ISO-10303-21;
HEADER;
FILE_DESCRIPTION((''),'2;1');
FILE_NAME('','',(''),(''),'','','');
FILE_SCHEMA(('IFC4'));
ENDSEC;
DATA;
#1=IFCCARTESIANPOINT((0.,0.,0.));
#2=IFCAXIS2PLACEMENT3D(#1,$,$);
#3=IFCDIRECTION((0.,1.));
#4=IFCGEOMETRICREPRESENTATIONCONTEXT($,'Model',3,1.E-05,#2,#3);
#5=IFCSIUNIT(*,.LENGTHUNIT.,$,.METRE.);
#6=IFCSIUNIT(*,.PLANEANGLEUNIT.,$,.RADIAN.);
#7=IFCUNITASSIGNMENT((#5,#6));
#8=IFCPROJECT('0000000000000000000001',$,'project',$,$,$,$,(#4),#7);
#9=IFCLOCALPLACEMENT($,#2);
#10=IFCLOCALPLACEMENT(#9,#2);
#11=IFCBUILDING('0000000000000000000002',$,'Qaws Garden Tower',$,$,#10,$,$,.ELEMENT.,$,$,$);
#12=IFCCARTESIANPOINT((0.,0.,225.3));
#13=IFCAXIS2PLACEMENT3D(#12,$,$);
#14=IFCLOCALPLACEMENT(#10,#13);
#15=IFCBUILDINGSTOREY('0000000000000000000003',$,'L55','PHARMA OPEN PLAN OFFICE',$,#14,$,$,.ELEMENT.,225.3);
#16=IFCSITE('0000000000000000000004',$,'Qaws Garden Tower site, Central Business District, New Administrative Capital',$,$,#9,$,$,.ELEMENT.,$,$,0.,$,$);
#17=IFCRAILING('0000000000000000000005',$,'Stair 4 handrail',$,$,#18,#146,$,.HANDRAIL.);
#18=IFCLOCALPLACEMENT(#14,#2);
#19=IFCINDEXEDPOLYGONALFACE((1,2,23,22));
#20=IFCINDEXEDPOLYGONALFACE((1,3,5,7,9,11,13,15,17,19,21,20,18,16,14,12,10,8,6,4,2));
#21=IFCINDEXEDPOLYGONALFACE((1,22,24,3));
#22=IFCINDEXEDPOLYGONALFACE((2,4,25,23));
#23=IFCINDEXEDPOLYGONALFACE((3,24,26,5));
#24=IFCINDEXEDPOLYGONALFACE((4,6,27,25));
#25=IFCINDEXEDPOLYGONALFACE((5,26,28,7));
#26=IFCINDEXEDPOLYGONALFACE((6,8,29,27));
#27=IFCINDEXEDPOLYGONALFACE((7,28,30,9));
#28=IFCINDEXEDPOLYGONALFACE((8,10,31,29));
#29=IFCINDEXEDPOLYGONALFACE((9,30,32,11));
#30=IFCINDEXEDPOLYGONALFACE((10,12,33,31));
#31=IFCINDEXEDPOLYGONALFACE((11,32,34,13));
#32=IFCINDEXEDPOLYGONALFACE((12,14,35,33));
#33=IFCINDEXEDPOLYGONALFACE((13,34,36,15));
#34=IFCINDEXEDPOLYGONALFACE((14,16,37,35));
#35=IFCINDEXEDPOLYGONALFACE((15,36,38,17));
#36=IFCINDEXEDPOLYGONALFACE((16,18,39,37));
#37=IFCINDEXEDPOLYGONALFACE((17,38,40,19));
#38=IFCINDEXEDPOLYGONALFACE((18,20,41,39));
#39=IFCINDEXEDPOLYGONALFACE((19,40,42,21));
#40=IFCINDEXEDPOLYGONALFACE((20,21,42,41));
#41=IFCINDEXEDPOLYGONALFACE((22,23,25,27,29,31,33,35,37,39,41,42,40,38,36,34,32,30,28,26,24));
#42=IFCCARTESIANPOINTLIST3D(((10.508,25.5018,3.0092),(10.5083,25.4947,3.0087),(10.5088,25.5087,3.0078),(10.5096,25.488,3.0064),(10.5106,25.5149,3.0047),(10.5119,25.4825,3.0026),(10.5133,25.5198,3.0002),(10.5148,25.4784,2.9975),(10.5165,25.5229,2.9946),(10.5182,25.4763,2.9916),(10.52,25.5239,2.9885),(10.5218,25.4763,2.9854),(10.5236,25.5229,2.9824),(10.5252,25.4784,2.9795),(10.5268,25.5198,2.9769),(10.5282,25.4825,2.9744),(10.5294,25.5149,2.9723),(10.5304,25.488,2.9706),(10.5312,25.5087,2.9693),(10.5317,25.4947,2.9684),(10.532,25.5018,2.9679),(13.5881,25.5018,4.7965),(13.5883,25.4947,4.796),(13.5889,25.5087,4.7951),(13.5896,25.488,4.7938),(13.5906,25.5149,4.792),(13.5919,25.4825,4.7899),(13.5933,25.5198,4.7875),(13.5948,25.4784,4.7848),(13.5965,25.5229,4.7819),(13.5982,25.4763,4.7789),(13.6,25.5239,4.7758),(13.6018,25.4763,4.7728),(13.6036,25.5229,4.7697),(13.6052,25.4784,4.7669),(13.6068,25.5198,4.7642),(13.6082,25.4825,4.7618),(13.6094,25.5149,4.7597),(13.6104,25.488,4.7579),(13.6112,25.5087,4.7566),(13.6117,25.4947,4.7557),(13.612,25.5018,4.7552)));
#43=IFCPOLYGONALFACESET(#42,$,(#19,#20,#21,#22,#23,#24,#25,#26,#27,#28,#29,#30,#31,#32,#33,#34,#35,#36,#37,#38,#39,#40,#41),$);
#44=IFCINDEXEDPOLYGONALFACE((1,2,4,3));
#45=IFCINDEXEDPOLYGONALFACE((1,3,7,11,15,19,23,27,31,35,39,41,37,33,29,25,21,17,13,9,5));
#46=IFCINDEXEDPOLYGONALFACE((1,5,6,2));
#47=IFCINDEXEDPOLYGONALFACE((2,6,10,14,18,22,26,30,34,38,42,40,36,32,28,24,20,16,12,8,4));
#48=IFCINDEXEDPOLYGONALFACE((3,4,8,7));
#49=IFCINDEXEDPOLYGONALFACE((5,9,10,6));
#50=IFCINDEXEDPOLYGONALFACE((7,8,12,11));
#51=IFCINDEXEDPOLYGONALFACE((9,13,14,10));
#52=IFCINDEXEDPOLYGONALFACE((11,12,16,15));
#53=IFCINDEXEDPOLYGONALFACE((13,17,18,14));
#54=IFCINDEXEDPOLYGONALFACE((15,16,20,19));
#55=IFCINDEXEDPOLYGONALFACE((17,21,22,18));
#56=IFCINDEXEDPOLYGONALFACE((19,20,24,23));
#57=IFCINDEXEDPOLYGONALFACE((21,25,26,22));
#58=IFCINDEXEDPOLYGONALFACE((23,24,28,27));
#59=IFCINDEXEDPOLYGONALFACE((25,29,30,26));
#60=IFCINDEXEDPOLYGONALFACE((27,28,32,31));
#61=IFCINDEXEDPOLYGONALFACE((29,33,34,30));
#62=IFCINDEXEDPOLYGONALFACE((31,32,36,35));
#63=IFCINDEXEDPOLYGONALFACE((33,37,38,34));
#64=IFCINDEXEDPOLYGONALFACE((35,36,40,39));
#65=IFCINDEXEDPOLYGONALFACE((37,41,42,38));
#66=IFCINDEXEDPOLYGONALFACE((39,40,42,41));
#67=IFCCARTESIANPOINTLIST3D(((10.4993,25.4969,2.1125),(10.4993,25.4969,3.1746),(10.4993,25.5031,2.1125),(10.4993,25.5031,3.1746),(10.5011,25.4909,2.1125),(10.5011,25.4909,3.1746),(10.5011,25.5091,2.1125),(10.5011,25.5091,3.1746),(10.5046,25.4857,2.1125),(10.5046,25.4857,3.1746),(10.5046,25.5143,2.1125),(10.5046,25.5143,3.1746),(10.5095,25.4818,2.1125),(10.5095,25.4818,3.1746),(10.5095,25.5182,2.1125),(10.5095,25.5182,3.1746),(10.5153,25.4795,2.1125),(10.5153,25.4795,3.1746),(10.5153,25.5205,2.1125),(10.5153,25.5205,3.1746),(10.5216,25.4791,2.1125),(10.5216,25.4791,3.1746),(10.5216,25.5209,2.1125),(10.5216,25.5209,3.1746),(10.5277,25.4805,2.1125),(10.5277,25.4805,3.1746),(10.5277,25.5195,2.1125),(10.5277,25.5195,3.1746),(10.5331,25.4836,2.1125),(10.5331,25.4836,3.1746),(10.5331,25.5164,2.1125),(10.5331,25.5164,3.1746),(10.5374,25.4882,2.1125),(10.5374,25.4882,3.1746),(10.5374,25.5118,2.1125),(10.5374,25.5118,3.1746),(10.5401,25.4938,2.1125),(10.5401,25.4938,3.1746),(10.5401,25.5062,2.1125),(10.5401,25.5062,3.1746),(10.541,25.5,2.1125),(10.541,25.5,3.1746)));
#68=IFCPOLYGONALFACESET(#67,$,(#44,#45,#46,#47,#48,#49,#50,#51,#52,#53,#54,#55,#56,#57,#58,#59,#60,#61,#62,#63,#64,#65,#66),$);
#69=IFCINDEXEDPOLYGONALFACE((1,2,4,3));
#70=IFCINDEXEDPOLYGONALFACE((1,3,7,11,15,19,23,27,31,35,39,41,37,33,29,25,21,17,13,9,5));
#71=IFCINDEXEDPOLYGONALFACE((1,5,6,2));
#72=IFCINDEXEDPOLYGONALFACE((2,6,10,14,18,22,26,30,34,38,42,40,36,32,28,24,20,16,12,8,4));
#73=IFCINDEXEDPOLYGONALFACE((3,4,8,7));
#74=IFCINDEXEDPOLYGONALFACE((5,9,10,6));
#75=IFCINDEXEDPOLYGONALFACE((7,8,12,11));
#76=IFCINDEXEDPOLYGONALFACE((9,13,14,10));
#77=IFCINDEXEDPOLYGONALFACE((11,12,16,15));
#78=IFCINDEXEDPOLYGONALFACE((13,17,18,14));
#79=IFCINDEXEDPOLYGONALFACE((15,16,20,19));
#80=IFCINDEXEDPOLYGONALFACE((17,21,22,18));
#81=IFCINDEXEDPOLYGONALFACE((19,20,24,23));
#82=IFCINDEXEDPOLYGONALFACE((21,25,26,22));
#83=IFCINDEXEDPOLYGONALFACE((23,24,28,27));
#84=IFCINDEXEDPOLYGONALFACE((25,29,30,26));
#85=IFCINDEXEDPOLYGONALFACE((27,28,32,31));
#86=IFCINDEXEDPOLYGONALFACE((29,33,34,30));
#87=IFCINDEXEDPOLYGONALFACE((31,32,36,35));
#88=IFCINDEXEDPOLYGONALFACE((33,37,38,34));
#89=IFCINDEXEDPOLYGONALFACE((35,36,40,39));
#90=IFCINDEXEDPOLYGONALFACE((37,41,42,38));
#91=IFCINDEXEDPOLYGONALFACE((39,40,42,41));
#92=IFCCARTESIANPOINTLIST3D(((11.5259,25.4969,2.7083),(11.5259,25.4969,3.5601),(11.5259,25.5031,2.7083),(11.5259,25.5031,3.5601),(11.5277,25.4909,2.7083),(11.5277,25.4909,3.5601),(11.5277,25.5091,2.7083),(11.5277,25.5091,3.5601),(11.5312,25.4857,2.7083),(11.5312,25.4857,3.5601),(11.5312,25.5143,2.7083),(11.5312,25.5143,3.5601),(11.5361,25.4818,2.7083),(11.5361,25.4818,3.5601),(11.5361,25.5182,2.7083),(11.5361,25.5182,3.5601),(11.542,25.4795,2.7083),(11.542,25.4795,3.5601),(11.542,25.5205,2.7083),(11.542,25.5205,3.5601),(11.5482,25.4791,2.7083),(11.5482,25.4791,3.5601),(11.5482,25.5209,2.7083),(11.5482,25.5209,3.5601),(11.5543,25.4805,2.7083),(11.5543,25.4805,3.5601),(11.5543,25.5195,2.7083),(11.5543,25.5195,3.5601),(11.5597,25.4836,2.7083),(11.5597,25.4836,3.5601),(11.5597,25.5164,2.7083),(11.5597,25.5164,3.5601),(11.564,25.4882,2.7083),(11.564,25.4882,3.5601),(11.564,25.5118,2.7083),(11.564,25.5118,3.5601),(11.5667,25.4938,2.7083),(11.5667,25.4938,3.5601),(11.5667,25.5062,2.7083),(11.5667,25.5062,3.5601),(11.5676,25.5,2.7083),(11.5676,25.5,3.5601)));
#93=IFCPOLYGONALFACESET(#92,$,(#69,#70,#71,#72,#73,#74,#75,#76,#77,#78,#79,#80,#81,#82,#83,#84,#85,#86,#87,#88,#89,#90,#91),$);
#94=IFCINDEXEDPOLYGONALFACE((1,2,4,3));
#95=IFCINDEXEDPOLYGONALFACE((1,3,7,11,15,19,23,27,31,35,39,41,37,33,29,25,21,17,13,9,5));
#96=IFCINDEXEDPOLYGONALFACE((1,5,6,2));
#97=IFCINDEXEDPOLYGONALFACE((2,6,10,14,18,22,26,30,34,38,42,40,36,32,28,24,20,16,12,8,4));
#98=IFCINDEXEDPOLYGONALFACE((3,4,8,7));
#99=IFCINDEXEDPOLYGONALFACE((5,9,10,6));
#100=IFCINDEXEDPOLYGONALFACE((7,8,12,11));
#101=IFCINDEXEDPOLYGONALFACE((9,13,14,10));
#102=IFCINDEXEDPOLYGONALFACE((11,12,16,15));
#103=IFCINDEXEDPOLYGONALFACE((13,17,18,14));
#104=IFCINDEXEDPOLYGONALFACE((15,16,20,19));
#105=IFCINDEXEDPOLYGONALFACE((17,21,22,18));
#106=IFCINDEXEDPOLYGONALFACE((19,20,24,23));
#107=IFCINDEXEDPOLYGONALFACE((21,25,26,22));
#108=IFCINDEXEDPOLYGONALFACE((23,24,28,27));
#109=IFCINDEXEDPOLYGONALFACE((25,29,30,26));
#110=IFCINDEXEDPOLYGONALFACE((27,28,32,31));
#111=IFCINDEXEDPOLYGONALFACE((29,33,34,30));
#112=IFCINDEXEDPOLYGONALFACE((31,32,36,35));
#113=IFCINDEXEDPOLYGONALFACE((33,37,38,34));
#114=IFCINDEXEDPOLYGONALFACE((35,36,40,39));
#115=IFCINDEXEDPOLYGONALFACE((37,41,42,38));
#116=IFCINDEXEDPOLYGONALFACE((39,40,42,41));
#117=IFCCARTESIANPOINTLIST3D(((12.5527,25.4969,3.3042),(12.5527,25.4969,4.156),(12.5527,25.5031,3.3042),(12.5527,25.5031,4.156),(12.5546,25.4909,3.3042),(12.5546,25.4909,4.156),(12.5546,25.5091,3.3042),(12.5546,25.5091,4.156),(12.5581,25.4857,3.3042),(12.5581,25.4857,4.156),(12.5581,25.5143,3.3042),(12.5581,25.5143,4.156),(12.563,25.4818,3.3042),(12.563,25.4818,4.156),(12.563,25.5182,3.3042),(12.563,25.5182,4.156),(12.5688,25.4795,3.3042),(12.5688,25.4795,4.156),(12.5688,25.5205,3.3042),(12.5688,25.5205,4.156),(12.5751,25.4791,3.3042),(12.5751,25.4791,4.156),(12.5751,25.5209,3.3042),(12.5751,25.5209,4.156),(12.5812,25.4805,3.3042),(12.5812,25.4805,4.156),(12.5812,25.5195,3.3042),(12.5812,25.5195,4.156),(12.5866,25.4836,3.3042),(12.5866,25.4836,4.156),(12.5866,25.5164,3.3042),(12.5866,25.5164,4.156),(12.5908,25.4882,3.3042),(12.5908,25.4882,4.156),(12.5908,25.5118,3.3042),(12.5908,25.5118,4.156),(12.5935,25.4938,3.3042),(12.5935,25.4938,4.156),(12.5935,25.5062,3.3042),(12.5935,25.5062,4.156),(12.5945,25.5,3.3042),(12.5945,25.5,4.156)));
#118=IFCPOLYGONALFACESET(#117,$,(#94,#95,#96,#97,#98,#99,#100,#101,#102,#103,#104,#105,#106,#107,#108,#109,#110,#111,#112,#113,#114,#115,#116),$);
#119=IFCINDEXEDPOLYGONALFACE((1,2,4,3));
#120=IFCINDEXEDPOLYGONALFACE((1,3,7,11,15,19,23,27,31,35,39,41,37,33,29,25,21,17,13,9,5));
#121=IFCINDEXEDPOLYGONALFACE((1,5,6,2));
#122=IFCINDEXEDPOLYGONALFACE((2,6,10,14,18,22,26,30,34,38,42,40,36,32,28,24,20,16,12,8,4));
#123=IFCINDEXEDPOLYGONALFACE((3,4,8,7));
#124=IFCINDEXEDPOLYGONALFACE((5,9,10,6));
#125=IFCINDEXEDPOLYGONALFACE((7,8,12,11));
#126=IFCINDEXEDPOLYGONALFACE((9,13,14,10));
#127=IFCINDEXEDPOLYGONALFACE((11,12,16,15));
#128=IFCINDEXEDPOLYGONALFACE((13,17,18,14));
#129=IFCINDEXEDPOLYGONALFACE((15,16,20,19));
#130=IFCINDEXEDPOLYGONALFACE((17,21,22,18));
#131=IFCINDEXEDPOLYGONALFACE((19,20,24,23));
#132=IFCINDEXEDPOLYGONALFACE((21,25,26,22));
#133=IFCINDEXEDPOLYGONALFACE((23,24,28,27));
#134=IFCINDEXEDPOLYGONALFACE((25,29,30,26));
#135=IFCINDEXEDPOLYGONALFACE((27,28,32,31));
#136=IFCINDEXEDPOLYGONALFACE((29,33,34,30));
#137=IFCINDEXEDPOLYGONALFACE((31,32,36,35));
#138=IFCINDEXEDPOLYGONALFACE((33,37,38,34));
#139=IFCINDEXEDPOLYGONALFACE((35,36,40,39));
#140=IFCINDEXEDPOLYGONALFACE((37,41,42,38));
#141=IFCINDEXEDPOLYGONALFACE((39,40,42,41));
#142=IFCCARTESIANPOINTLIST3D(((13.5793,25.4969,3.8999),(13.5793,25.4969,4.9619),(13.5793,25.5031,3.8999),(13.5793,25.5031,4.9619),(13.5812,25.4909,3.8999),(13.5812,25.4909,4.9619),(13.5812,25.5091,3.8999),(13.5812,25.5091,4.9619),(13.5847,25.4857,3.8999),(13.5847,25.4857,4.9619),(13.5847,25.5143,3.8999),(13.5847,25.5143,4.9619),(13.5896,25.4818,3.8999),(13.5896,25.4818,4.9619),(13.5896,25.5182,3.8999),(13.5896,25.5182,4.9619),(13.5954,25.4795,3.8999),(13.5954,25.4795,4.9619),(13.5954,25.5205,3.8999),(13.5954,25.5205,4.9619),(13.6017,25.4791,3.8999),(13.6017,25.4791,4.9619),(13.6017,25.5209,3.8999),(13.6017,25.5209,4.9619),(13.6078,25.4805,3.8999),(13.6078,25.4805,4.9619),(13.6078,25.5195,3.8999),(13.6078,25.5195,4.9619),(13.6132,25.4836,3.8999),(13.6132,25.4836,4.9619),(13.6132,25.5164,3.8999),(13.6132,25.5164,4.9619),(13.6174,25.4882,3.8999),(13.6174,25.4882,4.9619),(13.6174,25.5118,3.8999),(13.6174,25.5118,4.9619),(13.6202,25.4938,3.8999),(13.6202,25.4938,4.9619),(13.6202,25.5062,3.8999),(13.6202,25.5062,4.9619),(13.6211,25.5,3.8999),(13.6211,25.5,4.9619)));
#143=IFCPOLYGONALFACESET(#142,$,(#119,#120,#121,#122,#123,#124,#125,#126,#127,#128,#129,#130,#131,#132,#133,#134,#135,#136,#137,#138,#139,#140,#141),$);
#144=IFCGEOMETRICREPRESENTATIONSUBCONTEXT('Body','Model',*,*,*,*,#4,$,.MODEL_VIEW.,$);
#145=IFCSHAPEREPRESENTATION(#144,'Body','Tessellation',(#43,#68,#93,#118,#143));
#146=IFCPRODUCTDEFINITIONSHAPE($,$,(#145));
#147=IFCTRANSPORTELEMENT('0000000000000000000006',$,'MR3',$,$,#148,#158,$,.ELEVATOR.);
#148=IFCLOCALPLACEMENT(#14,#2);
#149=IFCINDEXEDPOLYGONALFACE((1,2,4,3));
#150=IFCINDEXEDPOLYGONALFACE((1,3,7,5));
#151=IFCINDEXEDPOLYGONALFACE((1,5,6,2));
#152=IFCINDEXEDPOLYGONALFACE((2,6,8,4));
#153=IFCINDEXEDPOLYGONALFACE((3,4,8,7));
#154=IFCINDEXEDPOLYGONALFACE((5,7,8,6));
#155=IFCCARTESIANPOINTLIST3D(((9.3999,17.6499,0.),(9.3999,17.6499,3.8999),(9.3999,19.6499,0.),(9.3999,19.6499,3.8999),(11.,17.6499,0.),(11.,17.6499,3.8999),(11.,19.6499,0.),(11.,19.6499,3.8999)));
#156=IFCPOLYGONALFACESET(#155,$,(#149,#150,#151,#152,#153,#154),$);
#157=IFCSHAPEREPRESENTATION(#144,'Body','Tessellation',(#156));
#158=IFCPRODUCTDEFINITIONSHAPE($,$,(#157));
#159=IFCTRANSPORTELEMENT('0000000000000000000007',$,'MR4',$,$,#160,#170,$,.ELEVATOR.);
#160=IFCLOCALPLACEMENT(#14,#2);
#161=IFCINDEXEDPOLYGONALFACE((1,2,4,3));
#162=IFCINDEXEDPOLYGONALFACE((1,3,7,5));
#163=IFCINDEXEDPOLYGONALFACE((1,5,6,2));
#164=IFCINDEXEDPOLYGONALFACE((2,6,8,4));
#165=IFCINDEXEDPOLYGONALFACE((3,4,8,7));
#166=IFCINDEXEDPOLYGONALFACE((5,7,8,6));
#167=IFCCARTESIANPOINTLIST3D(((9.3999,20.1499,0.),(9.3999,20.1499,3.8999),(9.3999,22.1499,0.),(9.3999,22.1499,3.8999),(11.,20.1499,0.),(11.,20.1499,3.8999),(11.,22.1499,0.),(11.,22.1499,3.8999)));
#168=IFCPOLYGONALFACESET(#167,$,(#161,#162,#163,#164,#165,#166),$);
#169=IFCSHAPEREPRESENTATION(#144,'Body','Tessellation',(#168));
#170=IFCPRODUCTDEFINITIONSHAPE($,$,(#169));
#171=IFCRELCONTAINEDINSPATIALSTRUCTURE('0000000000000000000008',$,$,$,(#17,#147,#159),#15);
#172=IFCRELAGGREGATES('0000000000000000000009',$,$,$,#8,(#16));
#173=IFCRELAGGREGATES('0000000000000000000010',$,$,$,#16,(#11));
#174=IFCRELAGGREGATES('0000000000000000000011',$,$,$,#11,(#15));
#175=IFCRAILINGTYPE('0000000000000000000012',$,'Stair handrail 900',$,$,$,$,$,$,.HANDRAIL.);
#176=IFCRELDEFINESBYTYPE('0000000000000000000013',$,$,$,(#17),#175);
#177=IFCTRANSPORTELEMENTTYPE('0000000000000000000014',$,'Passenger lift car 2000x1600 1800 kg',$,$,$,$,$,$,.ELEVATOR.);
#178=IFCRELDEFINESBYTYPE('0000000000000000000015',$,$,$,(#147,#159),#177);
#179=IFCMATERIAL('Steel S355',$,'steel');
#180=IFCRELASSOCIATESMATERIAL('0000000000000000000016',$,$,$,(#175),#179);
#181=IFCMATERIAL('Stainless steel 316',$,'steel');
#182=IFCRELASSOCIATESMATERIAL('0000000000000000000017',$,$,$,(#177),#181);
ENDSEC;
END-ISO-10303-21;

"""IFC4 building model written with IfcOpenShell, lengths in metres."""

from ifc_helpers import new_model, si_unit, direction, frame, origin, origin_2d, place, context, subcontext, project, spatial, rectangle, circle, extrude, material, type_object, element, save


model = new_model("IFC4")

# Units and contexts
model_context = context("Model", 3, precision=1e-05, world=origin(), true_north=direction((0.0, 1.0)))
body_context = subcontext(model_context, "Body", "Model", "MODEL_VIEW")
ifc_project = project(units=[si_unit("LENGTHUNIT", "METRE"), si_unit("PLANEANGLEUNIT", "RADIAN")], contexts=[model_context])

# Site, building, storey
site_placement = place(None, origin())
site = spatial("IfcSite", under=ifc_project, at=site_placement, Name="Qaws Garden Tower site, Central Business District, New Administrative Capital", CompositionType="ELEMENT", RefElevation=0.0)
building_placement = place(site_placement, origin())
building = spatial("IfcBuilding", under=site, at=building_placement, Name="Qaws Garden Tower", CompositionType="ELEMENT")
storey_placement = place(building_placement, frame((0.0, 0.0, 225.3)))
storey = spatial("IfcBuildingStorey", under=building, at=storey_placement, Name="L55", Description="PHARMA OPEN PLAN OFFICE", CompositionType="ELEMENT", Elevation=225.3)

# Railing
ifc_material_1 = material(Name="Steel S355", Category="steel")
railing_type = type_object("IfcRailingType", Name="Stair handrail 900", PredefinedType="HANDRAIL", material=ifc_material_1)
railing_1_placement = place(storey_placement, frame((10.52, 25.5, 2.1125)))
element("IfcRailing", 1, at=railing_1_placement, inside=storey, type_object=railing_type, Name="Stair 4 handrail", PredefinedType="HANDRAIL", context=body_context, shape_type="SweptSolid", body=[
    extrude(circle(Radius=0.0239, at=origin_2d()), frame((0.0, 0.0, 0.876), z_axis=(0.86492, 0.0, 0.501909), x_axis=(0.0, 1.0, 0.0)), (0.0, 0.0, 1.0), 3.561),
    extrude(circle(Radius=0.021, at=origin_2d()), origin(), (0.0, 0.0, 1.0), 1.062),
    extrude(circle(Radius=0.021, at=origin_2d()), frame((1.0266, 0.0, 0.5957)), (0.0, 0.0, 1.0), 0.8518),
    extrude(circle(Radius=0.021, at=origin_2d()), frame((2.0535, 0.0, 1.1917)), (0.0, 0.0, 1.0), 0.8518),
    extrude(circle(Radius=0.021, at=origin_2d()), frame((3.0801, 0.0, 1.7874)), (0.0, 0.0, 1.0), 1.062),
])

# Transport elements
ifc_material_2 = material(Name="Stainless steel 316", Category="steel")
transport_element_type = type_object("IfcTransportElementType", Name="Passenger lift car 2000x1600 1800 kg", PredefinedType="ELEVATOR", material=ifc_material_2)
for number, where, z_axis, x_axis, name in (
    (2, (10.2, 18.6499, 0.0), (0.0, 0.0, 1.0), (1.0, 0.0, 0.0), "MR3"),
    (3, (10.2, 21.1499, 0.0), (0.0, 0.0, 1.0), (1.0, 0.0, 0.0), "MR4"),
):
    element("IfcTransportElement", number, at=place(storey_placement, frame(where, z_axis=z_axis, x_axis=x_axis)), inside=storey, type_object=transport_element_type, Name=name, PredefinedType="ELEVATOR", context=body_context, shape_type="SweptSolid", body=[
        extrude(rectangle(XDim=1.6001, YDim=2.0, at=origin_2d()), origin(), (0.0, 0.0, 1.0), 3.8999),
    ])

save(model, "model.ifc")
